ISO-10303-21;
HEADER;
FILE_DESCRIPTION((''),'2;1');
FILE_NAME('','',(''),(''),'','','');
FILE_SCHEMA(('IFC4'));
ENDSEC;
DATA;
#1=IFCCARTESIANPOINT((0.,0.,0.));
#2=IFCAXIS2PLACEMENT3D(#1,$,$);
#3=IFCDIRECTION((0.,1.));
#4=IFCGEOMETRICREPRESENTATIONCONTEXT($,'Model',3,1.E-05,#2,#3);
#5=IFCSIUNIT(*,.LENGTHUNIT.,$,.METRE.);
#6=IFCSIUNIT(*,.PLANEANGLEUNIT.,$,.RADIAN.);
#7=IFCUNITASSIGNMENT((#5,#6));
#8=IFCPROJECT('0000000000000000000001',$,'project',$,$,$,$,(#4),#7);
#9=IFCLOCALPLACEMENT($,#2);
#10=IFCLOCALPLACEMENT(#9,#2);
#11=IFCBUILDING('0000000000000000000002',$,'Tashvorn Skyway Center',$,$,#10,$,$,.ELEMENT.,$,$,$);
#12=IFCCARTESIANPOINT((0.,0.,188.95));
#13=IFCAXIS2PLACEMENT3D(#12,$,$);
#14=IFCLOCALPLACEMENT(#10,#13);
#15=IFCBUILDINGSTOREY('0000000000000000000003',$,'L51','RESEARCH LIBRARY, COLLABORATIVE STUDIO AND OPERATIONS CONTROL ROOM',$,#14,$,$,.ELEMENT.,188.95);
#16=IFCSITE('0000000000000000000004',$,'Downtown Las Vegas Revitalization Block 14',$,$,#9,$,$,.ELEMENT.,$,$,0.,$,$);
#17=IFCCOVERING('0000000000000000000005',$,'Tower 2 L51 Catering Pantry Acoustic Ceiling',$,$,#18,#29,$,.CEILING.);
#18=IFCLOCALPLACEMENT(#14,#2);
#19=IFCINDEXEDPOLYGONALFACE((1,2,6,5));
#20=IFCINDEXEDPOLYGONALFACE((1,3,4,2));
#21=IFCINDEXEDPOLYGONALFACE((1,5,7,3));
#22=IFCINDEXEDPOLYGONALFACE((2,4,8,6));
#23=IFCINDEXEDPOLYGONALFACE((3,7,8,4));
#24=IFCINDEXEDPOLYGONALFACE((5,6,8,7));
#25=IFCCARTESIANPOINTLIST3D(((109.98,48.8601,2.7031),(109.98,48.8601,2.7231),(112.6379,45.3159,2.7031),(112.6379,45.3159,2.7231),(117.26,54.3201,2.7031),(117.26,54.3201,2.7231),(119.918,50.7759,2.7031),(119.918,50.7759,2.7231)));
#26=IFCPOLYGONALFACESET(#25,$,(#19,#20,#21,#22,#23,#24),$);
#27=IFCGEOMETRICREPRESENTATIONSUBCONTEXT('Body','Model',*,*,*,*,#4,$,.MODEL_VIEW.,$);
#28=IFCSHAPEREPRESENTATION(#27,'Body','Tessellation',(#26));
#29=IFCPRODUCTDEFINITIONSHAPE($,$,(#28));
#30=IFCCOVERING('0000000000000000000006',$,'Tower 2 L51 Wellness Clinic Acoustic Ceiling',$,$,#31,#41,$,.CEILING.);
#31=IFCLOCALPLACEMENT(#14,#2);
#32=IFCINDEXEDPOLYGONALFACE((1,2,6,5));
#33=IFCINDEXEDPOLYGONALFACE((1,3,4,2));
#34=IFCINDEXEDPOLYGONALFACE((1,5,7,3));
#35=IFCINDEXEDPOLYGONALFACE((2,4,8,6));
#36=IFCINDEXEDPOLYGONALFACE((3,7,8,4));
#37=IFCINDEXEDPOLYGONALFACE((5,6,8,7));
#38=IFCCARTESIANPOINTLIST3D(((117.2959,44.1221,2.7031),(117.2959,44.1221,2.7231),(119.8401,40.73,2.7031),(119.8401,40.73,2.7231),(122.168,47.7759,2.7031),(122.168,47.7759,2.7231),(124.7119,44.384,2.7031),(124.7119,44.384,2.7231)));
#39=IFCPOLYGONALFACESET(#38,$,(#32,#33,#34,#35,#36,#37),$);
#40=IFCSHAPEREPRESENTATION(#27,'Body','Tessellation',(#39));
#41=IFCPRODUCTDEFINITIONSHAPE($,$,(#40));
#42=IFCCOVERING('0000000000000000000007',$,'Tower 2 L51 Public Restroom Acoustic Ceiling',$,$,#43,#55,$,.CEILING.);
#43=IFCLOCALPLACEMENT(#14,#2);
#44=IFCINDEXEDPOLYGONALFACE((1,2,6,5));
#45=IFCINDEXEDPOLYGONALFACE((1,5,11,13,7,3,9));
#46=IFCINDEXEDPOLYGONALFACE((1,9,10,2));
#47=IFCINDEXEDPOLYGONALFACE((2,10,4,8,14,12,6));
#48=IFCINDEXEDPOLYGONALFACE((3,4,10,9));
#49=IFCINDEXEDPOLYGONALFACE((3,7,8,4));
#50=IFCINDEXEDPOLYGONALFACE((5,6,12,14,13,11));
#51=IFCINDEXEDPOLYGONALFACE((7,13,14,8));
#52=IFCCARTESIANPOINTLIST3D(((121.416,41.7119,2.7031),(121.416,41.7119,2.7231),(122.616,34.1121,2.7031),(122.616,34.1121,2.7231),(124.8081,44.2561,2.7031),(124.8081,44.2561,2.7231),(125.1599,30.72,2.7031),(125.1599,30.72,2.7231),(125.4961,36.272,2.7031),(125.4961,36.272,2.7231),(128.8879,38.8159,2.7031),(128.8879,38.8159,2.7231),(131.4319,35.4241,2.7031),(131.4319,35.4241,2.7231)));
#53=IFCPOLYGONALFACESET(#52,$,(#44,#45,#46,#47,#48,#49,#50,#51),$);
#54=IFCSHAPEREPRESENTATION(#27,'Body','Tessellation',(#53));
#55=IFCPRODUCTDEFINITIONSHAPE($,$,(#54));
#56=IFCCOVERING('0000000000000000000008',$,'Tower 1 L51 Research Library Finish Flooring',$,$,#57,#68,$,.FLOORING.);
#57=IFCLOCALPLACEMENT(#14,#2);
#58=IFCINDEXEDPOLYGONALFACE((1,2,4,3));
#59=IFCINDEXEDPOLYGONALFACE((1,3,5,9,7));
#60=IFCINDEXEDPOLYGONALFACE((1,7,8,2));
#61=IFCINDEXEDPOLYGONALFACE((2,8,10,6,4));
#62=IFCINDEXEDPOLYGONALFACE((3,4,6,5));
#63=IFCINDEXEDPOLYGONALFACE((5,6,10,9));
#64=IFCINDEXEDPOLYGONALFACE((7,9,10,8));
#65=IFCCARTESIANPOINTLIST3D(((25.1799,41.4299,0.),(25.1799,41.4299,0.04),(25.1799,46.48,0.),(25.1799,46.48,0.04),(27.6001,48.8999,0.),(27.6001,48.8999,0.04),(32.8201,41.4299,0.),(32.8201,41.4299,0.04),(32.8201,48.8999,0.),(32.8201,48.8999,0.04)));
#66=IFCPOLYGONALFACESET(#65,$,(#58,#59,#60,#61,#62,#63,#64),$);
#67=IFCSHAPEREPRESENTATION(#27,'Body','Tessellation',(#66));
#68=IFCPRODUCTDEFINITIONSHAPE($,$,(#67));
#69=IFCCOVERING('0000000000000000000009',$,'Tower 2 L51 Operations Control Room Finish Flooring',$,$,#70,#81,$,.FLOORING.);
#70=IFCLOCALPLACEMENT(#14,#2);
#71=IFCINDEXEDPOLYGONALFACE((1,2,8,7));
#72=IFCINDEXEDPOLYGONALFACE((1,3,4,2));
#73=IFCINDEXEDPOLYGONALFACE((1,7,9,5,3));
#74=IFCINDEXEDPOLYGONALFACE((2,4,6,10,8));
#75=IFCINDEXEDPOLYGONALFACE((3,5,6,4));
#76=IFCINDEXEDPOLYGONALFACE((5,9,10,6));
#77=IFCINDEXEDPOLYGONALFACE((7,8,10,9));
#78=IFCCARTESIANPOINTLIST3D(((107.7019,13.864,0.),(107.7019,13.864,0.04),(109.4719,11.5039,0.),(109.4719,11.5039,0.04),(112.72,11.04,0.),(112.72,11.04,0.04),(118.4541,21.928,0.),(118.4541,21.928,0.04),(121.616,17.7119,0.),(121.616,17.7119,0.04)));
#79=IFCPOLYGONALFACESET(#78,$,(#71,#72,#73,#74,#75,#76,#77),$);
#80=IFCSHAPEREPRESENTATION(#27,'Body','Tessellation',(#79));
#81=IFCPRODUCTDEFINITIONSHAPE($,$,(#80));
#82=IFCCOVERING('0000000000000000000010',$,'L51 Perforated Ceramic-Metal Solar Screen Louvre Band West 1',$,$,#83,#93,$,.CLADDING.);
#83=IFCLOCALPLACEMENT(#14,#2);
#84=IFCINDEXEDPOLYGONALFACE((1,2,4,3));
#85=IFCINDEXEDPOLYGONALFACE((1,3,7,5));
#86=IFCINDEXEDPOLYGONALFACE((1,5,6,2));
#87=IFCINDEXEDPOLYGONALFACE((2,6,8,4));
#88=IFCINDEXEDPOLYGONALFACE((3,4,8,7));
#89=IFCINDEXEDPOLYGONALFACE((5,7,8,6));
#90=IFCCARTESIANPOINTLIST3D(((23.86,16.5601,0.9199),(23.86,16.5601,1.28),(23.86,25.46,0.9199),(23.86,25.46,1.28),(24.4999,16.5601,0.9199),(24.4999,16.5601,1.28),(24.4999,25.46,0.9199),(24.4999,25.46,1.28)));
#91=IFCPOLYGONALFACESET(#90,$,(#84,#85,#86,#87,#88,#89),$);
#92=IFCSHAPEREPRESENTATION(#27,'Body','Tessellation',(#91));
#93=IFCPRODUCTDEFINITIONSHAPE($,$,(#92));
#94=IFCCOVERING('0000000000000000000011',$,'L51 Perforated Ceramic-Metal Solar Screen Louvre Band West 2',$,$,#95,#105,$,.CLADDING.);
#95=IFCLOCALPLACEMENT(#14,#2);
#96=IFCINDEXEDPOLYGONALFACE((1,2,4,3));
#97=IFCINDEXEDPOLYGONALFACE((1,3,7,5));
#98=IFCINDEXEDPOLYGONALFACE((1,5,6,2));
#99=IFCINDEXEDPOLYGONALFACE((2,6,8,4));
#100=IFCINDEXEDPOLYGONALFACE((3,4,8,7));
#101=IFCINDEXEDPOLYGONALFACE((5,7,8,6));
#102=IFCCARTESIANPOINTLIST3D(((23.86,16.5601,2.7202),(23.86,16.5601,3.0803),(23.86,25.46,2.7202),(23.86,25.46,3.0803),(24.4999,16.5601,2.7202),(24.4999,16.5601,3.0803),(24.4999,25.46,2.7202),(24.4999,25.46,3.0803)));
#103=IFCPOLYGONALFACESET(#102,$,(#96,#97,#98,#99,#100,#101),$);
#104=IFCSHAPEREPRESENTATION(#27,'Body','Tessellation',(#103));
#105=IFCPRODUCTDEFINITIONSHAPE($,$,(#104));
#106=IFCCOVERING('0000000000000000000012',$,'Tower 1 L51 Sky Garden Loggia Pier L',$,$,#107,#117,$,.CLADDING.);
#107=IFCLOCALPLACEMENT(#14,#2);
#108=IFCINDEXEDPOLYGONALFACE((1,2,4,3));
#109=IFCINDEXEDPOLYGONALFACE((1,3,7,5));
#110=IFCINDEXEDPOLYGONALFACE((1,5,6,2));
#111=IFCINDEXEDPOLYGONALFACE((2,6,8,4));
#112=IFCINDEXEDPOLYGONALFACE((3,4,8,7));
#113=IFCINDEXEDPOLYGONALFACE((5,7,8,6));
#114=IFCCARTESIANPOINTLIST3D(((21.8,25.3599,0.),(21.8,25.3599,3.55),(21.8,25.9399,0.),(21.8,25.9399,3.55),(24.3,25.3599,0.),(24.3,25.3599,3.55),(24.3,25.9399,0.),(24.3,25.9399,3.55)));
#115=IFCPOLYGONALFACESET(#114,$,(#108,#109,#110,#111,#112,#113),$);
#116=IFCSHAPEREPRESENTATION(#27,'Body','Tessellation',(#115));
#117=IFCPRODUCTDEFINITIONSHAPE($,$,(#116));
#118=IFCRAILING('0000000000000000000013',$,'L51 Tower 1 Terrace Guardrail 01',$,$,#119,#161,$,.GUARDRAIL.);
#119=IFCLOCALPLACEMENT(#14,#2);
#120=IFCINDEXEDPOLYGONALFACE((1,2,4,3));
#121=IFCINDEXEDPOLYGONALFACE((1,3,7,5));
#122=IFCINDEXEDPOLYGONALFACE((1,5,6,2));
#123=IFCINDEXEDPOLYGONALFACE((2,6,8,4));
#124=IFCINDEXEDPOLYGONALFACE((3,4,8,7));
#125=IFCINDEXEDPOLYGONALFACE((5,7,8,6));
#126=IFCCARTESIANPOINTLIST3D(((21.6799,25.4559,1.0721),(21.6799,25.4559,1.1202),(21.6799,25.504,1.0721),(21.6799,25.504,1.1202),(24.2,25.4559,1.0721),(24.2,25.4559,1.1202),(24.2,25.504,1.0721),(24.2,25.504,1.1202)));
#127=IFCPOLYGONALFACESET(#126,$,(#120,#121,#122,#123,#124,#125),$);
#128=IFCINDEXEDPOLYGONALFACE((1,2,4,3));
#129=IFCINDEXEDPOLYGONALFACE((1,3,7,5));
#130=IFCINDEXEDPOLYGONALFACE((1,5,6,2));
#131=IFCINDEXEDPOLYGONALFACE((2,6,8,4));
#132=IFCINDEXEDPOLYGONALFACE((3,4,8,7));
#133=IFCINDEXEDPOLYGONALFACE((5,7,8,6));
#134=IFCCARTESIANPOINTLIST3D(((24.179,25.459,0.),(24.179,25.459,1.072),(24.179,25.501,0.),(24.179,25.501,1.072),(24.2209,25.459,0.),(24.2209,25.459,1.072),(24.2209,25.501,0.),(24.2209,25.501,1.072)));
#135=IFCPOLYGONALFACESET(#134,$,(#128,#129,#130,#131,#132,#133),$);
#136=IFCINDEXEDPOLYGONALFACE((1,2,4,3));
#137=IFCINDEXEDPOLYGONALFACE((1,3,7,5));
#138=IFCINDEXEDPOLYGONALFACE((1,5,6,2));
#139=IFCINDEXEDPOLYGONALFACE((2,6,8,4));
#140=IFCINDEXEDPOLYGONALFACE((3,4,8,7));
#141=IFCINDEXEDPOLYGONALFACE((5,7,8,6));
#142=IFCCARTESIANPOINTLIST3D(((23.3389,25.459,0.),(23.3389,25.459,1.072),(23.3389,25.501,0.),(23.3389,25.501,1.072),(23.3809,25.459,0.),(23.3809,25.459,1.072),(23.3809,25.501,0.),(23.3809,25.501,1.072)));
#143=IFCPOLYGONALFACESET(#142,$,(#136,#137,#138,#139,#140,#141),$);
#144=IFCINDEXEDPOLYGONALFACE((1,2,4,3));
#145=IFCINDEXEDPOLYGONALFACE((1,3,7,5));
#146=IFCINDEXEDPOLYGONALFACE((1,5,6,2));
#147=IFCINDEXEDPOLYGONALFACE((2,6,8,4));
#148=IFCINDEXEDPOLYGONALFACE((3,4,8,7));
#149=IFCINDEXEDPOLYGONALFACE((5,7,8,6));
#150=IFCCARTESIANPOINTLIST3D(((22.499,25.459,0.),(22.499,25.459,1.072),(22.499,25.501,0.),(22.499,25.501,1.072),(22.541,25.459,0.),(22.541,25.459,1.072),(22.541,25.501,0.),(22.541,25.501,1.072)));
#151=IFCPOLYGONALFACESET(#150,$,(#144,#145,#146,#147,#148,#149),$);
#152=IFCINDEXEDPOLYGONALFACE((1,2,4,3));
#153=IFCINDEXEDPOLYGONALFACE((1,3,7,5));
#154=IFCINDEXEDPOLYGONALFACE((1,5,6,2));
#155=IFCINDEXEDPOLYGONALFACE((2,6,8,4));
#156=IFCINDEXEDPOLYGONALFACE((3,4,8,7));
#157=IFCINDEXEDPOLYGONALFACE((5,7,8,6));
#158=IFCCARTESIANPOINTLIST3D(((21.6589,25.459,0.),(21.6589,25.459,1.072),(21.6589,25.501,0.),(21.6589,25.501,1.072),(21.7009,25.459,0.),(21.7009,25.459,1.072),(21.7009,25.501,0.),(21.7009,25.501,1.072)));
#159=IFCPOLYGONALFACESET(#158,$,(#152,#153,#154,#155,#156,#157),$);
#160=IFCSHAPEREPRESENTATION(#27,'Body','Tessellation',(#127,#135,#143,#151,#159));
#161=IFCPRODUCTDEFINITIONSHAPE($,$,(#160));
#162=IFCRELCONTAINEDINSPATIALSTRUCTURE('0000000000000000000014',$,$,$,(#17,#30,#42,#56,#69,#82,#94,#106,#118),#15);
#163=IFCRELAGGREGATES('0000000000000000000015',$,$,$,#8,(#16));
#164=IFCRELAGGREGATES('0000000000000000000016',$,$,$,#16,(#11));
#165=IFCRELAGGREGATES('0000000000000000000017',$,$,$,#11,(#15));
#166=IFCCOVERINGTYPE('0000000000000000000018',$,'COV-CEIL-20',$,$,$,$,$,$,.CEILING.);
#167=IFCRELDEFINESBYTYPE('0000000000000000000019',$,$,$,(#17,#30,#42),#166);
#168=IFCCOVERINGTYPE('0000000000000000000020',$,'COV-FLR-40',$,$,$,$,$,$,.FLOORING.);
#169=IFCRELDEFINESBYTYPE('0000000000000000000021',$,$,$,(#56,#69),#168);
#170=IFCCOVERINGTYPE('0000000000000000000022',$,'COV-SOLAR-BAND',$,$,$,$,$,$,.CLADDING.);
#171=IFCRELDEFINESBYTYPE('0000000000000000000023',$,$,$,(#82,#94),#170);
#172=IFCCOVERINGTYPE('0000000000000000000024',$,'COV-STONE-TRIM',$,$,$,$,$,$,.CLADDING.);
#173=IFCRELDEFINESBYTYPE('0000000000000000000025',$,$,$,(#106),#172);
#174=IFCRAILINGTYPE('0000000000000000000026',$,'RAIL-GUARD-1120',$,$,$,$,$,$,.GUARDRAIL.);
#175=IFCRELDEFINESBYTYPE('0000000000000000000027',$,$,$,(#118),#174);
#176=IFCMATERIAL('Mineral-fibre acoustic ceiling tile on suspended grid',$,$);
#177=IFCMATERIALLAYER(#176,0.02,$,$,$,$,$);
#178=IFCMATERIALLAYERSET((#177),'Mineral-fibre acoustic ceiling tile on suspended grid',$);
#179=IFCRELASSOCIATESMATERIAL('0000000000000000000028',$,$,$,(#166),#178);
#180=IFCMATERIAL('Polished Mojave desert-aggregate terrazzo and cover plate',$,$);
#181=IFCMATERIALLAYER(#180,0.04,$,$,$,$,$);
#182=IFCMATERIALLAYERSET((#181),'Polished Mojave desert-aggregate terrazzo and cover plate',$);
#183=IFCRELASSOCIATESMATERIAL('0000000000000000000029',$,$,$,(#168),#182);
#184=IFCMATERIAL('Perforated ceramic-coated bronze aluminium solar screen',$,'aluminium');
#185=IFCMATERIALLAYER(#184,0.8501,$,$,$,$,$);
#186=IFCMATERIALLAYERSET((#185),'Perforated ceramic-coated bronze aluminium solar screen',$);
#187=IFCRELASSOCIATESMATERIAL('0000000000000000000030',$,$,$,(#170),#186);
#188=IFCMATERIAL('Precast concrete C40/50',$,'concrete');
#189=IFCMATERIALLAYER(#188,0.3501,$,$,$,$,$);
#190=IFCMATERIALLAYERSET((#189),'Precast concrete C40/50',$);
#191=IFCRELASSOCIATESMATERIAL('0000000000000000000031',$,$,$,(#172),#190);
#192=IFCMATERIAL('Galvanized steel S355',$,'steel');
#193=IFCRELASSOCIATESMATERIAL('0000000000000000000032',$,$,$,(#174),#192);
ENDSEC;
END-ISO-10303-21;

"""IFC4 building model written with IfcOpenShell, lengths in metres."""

from ifc_helpers import new_model, si_unit, direction, frame, origin, origin_2d, place, context, subcontext, project, spatial, polyline, rectangle, outline, extrude, material, layer, layer_set, type_object, element, save


model = new_model("IFC4")

# Units and contexts
model_context = context("Model", 3, precision=1e-05, world=origin(), true_north=direction((0.0, 1.0)))
body_context = subcontext(model_context, "Body", "Model", "MODEL_VIEW")
ifc_project = project(units=[si_unit("LENGTHUNIT", "METRE"), si_unit("PLANEANGLEUNIT", "RADIAN")], contexts=[model_context])

# Site, building, storey
site_placement = place(None, origin())
site = spatial("IfcSite", under=ifc_project, at=site_placement, Name="Downtown Las Vegas Revitalization Block 14", CompositionType="ELEMENT", RefElevation=0.0)
building_placement = place(site_placement, origin())
building = spatial("IfcBuilding", under=site, at=building_placement, Name="Tashvorn Skyway Center", CompositionType="ELEMENT")
storey_placement = place(building_placement, frame((0.0, 0.0, 188.95)))
storey = spatial("IfcBuildingStorey", under=building, at=storey_placement, Name="L51", Description="RESEARCH LIBRARY, COLLABORATIVE STUDIO AND OPERATIONS CONTROL ROOM", CompositionType="ELEMENT", Elevation=188.95)

# Coverings
ifc_material_1 = material(Name="Mineral-fibre acoustic ceiling tile on suspended grid")
ifc_layer_1 = layer(ifc_material_1, 0.02)
ifc_layer_set_1 = layer_set([ifc_layer_1], Name="Mineral-fibre acoustic ceiling tile on suspended grid")
covering_type_1 = type_object("IfcCoveringType", Name="COV-CEIL-20", PredefinedType="CEILING", material=ifc_layer_set_1)
covering_1_placement = place(storey_placement, frame((0.0, 0.0, 2.7031)))
element("IfcCovering", 1, at=covering_1_placement, inside=storey, type_object=covering_type_1, Name="Tower 2 L51 Catering Pantry Acoustic Ceiling", PredefinedType="CEILING", context=body_context, shape_type="SweptSolid", body=[
    extrude(outline(polyline([(112.6379, 45.3159), (119.918, 50.7759), (117.26, 54.3201), (109.98, 48.8601), (112.6379, 45.3159)])), origin(), (0.0, 0.0, 1.0), 0.02),
])
covering_2_placement = place(storey_placement, frame((0.0, 0.0, 2.7031)))
element("IfcCovering", 2, at=covering_2_placement, inside=storey, type_object=covering_type_1, Name="Tower 2 L51 Wellness Clinic Acoustic Ceiling", PredefinedType="CEILING", context=body_context, shape_type="SweptSolid", body=[
    extrude(outline(polyline([(119.8401, 40.73), (117.2959, 44.1221), (122.168, 47.7759), (124.7119, 44.384), (119.8401, 40.73)])), origin(), (0.0, 0.0, 1.0), 0.02),
])
covering_3_placement = place(storey_placement, frame((0.0, 0.0, 2.7031)))
element("IfcCovering", 3, at=covering_3_placement, inside=storey, type_object=covering_type_1, Name="Tower 2 L51 Public Restroom Acoustic Ceiling", PredefinedType="CEILING", context=body_context, shape_type="SweptSolid", body=[
    extrude(outline(polyline([(125.1599, 30.72), (122.616, 34.1121), (125.4961, 36.272), (121.416, 41.7119), (124.8081, 44.2561), (128.8879, 38.8159), (131.4319, 35.4241), (125.1599, 30.72)])), origin(), (0.0, 0.0, 1.0), 0.02),
])
ifc_material_2 = material(Name="Polished Mojave desert-aggregate terrazzo and cover plate")
ifc_layer_2 = layer(ifc_material_2, 0.04)
ifc_layer_set_2 = layer_set([ifc_layer_2], Name="Polished Mojave desert-aggregate terrazzo and cover plate")
covering_type_2 = type_object("IfcCoveringType", Name="COV-FLR-40", PredefinedType="FLOORING", material=ifc_layer_set_2)
covering_4_placement = place(storey_placement, origin())
element("IfcCovering", 4, at=covering_4_placement, inside=storey, type_object=covering_type_2, Name="Tower 1 L51 Research Library Finish Flooring", PredefinedType="FLOORING", context=body_context, shape_type="SweptSolid", body=[
    extrude(outline(polyline([(32.8201, 41.4299), (25.1799, 41.4299), (25.1799, 46.48), (27.6001, 48.8999), (32.8201, 48.8999), (32.8201, 41.4299)])), origin(), (0.0, 0.0, 1.0), 0.04),
])
covering_5_placement = place(storey_placement, origin())
element("IfcCovering", 5, at=covering_5_placement, inside=storey, type_object=covering_type_2, Name="Tower 2 L51 Operations Control Room Finish Flooring", PredefinedType="FLOORING", context=body_context, shape_type="SweptSolid", body=[
    extrude(outline(polyline([(112.72, 11.04), (109.4719, 11.5039), (107.7019, 13.864), (118.4541, 21.928), (121.616, 17.7119), (112.72, 11.04)])), origin(), (0.0, 0.0, 1.0), 0.04),
])
ifc_material_3 = material(Name="Perforated ceramic-coated bronze aluminium solar screen", Category="aluminium")
ifc_layer_3 = layer(ifc_material_3, 0.8501)
ifc_layer_set_3 = layer_set([ifc_layer_3], Name="Perforated ceramic-coated bronze aluminium solar screen")
covering_type_3 = type_object("IfcCoveringType", Name="COV-SOLAR-BAND", PredefinedType="CLADDING", material=ifc_layer_set_3)
for number, where, z_axis, x_axis, name in (
    (6, (24.1799, 21.01, 0.9199), (0.0, 0.0, 1.0), (0.0, 1.0, 0.0), "L51 Perforated Ceramic-Metal Solar Screen Louvre Band West 1"),
    (7, (24.1799, 21.01, 2.7202), (0.0, 0.0, 1.0), (0.0, 1.0, 0.0), "L51 Perforated Ceramic-Metal Solar Screen Louvre Band West 2"),
):
    element("IfcCovering", number, at=place(storey_placement, frame(where, z_axis=z_axis, x_axis=x_axis)), inside=storey, type_object=covering_type_3, Name=name, PredefinedType="CLADDING", context=body_context, shape_type="SweptSolid", body=[
        extrude(rectangle(XDim=8.8999, YDim=0.6399, at=origin_2d()), origin(), (0.0, 0.0, 1.0), 0.3601),
    ])
ifc_material_4 = material(Name="Precast concrete C40/50", Category="concrete")
ifc_layer_4 = layer(ifc_material_4, 0.3501)
ifc_layer_set_4 = layer_set([ifc_layer_4], Name="Precast concrete C40/50")
covering_type_4 = type_object("IfcCoveringType", Name="COV-STONE-TRIM", PredefinedType="CLADDING", material=ifc_layer_set_4)
covering_6_placement = place(storey_placement, frame((23.05, 25.6499, 0.0), z_axis=(0.0, 0.0, 1.0), x_axis=(0.0, 1.0, 0.0)))
element("IfcCovering", 8, at=covering_6_placement, inside=storey, type_object=covering_type_4, Name="Tower 1 L51 Sky Garden Loggia Pier L", PredefinedType="CLADDING", context=body_context, shape_type="SweptSolid", body=[
    extrude(rectangle(XDim=0.5801, YDim=2.5, at=origin_2d()), origin(), (0.0, 0.0, 1.0), 3.55),
])

# Railing
ifc_material_5 = material(Name="Galvanized steel S355", Category="steel")
railing_type = type_object("IfcRailingType", Name="RAIL-GUARD-1120", PredefinedType="GUARDRAIL", material=ifc_material_5)
railing_1_placement = place(storey_placement, frame((24.2, 25.48, 0.0)))
element("IfcRailing", 9, at=railing_1_placement, inside=storey, type_object=railing_type, Name="L51 Tower 1 Terrace Guardrail 01", PredefinedType="GUARDRAIL", context=body_context, shape_type="SweptSolid", body=[
    extrude(rectangle(XDim=0.0481, YDim=0.0481, at=origin_2d()), frame((0.0, 0.0, 1.0962), z_axis=(-1.0, 0.0, 0.0), x_axis=(0.0, -1.0, 0.0)), (0.0, 0.0, 1.0), 2.52),
    extrude(rectangle(XDim=0.042, YDim=0.042, at=origin_2d()), origin(), (0.0, 0.0, 1.0), 1.072),
    extrude(rectangle(XDim=0.042, YDim=0.042, at=origin_2d()), frame((-0.8401, 0.0, 0.0)), (0.0, 0.0, 1.0), 1.072),
    extrude(rectangle(XDim=0.042, YDim=0.042, at=origin_2d()), frame((-1.6799, 0.0, 0.0)), (0.0, 0.0, 1.0), 1.072),
    extrude(rectangle(XDim=0.042, YDim=0.042, at=origin_2d()), frame((-2.52, 0.0, 0.0)), (0.0, 0.0, 1.0), 1.072),
])

save(model, "model.ifc")
